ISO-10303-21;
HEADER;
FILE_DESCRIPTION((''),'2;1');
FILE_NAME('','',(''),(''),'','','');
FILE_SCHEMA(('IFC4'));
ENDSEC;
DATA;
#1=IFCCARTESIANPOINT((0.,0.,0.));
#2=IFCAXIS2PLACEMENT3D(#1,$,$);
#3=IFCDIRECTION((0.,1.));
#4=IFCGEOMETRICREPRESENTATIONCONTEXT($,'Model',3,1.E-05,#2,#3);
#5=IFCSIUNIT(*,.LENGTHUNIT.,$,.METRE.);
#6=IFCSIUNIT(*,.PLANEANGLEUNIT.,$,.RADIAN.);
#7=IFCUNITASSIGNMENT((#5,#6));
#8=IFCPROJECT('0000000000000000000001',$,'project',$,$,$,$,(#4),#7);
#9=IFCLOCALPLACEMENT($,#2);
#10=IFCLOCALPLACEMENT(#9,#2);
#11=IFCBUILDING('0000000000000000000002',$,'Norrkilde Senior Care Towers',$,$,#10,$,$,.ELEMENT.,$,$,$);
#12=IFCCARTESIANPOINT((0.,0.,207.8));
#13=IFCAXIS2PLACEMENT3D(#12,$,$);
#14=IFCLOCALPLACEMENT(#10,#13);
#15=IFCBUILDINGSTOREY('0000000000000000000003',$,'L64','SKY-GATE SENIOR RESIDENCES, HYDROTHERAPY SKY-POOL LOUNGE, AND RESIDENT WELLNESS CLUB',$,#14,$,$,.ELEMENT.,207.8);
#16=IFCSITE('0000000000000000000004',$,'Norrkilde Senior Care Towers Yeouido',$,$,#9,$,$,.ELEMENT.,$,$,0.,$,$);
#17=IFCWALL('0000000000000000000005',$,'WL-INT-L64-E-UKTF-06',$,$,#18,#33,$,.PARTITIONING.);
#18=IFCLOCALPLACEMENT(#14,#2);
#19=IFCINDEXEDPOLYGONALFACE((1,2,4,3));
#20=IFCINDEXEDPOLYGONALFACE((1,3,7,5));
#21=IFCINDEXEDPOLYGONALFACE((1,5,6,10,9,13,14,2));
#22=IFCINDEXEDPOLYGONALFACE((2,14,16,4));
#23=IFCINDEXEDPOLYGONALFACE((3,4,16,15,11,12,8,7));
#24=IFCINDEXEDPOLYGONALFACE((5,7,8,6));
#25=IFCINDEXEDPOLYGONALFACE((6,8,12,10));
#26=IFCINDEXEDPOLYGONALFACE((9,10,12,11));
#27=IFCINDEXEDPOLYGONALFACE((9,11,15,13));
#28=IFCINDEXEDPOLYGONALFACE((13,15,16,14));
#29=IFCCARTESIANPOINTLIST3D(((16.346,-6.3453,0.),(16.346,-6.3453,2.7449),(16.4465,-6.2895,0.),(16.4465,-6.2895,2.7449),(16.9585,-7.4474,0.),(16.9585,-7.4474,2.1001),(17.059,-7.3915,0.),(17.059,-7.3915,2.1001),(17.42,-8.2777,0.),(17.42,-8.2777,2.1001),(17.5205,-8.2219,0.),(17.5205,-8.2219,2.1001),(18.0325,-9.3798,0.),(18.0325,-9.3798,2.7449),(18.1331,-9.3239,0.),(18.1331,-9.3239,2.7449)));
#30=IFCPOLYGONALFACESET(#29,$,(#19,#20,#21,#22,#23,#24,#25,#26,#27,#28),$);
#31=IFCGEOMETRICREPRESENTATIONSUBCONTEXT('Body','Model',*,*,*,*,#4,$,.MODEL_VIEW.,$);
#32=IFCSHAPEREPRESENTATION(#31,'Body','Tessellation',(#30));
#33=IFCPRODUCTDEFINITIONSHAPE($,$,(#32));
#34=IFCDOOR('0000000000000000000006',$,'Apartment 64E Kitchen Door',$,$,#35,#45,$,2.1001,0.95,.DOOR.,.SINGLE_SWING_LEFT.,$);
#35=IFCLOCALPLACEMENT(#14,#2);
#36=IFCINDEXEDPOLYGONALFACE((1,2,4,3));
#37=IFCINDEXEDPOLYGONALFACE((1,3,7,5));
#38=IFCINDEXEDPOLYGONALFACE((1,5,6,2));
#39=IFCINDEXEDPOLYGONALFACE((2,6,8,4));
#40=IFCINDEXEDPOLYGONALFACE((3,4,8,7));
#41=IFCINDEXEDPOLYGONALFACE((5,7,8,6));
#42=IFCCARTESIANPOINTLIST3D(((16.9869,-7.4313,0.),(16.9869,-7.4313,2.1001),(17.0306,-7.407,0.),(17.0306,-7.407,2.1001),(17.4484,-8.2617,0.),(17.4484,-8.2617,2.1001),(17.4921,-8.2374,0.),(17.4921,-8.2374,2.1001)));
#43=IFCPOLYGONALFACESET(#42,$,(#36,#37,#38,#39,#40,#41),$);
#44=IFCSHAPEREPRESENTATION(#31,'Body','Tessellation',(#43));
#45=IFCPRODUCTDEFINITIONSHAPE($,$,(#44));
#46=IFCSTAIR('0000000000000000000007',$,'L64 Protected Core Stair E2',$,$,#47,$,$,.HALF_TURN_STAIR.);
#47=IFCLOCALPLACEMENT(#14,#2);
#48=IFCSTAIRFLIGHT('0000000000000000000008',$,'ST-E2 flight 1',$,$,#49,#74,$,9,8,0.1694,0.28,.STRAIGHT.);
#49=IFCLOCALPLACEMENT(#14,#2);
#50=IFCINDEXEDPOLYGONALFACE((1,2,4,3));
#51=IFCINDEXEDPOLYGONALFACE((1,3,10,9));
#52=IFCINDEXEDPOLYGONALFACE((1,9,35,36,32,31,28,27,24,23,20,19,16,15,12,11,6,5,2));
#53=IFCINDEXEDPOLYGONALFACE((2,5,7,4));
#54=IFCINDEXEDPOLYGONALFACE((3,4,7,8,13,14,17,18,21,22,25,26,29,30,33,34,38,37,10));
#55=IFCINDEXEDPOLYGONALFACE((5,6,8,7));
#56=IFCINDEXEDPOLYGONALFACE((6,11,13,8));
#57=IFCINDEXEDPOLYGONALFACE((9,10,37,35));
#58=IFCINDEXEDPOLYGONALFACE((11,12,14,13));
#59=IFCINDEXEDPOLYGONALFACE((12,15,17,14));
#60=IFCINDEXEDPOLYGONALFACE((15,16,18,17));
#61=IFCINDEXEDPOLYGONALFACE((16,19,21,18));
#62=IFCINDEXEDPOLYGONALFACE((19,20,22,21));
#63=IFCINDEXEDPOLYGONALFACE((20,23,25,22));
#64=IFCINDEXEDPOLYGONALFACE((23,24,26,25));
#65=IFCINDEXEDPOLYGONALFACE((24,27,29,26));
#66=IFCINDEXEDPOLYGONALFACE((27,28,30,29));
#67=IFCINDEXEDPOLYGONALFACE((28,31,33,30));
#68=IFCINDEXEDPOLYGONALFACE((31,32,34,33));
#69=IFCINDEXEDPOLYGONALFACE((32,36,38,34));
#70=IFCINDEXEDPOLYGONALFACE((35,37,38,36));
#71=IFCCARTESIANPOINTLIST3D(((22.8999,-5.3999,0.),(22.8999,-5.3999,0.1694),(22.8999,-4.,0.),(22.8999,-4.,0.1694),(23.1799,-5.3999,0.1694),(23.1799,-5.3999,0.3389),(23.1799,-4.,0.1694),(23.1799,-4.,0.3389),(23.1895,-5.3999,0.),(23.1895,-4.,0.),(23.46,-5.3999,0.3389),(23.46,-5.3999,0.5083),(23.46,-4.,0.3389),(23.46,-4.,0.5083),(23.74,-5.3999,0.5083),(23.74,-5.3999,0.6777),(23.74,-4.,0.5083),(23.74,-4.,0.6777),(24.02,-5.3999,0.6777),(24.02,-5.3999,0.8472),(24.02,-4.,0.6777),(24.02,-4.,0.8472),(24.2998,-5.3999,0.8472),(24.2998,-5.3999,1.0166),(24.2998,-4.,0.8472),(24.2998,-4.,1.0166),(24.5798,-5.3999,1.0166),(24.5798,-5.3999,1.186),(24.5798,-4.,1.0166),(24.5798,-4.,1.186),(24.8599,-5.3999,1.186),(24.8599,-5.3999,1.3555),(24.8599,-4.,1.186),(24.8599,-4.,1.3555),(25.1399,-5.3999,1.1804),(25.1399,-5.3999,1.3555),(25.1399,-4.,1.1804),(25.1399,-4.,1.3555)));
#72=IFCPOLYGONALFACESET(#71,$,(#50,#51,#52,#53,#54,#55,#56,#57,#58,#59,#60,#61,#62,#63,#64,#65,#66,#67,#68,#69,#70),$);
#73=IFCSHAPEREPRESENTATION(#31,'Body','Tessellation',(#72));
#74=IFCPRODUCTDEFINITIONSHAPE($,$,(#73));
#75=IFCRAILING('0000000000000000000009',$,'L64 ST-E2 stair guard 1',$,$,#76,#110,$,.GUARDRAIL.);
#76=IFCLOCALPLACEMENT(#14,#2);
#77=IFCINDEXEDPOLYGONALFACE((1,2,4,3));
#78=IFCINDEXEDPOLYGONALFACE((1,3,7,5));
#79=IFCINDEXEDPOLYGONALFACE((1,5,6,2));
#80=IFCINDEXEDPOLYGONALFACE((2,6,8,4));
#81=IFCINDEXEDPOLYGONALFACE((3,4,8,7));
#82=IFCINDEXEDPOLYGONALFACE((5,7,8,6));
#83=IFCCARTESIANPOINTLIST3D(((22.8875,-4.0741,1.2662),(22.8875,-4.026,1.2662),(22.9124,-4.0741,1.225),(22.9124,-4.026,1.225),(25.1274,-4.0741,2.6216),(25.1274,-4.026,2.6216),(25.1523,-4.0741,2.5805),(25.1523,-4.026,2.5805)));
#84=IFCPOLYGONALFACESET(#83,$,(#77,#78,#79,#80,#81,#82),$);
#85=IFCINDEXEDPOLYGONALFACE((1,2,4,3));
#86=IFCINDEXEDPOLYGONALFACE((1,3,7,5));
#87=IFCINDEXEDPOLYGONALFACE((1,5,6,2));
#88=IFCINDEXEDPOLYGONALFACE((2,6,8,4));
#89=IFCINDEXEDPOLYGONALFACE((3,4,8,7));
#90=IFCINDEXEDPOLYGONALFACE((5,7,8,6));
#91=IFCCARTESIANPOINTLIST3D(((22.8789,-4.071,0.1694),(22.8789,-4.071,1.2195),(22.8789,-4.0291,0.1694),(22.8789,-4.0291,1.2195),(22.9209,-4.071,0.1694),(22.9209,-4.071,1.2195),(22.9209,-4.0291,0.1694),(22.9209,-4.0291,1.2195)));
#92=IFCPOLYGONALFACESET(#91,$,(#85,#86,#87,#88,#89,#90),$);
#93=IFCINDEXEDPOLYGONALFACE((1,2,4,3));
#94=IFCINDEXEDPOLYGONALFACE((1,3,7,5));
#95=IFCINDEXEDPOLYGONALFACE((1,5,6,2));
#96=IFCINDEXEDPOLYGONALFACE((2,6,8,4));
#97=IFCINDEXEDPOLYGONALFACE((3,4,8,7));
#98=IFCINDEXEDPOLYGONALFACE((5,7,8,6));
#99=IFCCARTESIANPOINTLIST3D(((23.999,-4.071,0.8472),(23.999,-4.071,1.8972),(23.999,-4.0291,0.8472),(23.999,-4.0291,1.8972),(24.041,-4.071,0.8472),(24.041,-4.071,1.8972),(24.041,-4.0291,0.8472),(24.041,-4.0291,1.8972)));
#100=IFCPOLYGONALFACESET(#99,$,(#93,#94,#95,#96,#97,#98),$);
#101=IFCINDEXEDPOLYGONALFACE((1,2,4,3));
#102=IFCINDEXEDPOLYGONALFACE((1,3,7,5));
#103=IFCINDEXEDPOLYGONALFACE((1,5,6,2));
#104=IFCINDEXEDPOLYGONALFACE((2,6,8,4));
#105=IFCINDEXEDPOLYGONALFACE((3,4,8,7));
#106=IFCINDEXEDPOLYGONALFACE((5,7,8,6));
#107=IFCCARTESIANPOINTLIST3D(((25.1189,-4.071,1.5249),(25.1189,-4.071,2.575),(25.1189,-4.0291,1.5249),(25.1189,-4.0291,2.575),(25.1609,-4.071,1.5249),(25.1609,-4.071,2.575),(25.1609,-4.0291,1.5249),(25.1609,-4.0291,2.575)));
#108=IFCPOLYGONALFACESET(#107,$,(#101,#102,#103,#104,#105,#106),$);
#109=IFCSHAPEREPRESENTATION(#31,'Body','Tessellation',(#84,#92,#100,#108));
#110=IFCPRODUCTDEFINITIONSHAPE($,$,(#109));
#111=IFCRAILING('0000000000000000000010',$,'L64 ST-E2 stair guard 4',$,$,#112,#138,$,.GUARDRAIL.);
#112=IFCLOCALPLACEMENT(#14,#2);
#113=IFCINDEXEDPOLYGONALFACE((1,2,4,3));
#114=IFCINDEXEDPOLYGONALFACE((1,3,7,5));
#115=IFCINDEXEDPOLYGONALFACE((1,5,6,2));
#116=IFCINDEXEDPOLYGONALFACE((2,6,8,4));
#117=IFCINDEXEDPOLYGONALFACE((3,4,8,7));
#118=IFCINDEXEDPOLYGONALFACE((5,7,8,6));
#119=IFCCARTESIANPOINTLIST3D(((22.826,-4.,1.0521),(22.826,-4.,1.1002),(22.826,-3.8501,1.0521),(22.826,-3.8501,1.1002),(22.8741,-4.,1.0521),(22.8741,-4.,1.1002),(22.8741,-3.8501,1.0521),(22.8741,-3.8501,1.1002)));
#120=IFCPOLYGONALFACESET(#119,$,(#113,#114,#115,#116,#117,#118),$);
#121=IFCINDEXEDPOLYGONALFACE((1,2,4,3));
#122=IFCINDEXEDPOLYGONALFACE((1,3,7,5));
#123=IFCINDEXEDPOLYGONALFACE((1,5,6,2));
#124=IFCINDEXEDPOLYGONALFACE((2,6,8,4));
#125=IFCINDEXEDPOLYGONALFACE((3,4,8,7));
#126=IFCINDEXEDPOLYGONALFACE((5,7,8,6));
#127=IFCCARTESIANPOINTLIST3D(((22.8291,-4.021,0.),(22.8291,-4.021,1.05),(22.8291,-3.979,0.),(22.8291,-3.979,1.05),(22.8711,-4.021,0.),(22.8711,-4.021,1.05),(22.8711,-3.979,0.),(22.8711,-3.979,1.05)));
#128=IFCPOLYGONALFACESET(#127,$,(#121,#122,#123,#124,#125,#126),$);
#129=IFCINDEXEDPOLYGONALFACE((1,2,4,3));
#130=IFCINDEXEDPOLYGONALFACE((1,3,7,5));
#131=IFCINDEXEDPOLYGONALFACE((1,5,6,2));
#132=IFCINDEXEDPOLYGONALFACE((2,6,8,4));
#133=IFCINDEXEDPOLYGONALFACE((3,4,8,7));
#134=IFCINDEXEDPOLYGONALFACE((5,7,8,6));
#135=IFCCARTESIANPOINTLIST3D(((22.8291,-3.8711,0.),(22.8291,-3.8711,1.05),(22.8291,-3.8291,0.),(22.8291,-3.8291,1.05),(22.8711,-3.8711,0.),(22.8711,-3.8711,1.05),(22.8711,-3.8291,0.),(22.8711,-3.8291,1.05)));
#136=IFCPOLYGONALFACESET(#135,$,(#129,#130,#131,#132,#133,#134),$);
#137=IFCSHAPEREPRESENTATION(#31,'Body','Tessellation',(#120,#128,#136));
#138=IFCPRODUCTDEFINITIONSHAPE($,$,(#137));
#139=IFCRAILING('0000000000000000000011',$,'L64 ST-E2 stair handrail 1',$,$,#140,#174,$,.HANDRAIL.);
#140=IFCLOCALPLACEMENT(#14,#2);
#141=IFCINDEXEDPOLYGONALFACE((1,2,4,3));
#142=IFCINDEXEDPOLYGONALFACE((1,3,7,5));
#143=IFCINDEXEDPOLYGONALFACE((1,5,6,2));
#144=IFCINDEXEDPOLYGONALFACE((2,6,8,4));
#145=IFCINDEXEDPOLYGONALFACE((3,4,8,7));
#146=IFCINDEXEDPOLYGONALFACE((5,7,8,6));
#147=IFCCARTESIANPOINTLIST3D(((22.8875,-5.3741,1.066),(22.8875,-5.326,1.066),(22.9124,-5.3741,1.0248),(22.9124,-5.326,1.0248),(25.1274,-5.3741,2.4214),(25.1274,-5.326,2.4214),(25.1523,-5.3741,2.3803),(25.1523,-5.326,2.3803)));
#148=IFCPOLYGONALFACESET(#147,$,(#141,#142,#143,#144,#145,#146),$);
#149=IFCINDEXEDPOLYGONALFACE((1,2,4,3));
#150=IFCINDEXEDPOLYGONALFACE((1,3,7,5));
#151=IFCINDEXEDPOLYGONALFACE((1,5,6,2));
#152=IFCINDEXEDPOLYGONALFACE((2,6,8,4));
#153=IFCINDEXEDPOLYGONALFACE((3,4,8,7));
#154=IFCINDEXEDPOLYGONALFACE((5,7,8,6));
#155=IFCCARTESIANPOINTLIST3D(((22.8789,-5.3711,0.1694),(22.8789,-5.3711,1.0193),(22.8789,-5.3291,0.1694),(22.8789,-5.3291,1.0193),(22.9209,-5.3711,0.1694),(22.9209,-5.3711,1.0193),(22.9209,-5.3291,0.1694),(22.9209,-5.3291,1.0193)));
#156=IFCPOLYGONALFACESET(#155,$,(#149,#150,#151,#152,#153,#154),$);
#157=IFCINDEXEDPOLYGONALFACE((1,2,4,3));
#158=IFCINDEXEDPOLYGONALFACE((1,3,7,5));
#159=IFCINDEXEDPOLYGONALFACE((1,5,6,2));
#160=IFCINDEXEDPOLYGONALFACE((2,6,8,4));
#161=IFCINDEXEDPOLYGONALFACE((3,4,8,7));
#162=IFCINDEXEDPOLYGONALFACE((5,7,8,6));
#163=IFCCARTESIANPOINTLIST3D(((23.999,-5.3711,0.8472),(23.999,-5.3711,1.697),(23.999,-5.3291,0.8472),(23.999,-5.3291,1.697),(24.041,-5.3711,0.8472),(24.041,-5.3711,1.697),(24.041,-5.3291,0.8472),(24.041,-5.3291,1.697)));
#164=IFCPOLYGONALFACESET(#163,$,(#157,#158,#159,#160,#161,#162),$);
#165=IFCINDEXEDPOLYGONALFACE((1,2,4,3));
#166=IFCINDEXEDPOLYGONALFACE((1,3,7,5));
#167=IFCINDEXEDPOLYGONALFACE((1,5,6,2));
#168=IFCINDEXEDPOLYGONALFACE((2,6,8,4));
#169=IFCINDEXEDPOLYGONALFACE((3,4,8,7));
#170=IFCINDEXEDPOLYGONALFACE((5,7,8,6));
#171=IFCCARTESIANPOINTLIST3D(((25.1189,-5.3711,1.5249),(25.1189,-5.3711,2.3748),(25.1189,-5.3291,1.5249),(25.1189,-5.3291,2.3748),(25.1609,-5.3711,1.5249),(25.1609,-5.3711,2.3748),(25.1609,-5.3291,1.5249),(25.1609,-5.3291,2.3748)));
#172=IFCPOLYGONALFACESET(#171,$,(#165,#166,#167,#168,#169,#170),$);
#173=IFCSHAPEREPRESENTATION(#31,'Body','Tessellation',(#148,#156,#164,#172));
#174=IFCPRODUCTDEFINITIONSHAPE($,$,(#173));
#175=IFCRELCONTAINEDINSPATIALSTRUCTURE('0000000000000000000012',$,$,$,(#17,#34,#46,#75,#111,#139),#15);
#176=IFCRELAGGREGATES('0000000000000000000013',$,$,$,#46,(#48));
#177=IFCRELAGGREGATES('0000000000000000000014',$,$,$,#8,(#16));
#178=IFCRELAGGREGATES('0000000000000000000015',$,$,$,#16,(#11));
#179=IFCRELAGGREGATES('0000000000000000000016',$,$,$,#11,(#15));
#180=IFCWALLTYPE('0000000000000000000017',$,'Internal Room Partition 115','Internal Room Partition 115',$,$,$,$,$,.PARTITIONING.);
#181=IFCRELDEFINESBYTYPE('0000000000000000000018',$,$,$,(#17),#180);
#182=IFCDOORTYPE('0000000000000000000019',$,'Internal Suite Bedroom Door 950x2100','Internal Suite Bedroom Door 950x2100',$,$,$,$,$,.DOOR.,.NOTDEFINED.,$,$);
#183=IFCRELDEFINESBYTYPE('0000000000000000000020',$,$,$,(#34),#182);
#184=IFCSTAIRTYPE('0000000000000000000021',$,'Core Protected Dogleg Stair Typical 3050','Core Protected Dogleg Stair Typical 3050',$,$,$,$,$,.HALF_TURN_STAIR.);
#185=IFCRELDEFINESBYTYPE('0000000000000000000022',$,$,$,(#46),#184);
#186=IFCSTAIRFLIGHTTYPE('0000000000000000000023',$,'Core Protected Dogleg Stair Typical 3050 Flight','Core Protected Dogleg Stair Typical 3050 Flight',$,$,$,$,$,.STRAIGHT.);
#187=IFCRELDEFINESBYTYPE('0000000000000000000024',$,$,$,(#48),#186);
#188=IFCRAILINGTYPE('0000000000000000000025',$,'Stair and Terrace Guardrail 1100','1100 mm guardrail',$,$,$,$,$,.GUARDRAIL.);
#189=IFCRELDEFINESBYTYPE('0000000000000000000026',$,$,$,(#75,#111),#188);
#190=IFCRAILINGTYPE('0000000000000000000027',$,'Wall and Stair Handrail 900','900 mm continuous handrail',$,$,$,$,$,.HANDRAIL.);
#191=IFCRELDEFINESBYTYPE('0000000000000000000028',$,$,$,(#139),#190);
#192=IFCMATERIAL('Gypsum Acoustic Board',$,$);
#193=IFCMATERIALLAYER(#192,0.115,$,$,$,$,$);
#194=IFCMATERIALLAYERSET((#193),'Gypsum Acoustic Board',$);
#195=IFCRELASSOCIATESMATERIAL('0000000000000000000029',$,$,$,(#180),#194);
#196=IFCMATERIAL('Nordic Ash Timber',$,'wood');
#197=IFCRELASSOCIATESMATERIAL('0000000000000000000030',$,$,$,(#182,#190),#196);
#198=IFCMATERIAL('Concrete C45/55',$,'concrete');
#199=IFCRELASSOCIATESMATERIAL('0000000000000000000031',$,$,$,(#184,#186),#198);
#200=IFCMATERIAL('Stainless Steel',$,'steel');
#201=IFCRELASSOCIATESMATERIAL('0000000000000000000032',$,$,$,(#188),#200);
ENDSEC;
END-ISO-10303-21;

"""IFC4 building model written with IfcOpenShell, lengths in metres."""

from ifc_helpers import new_model, si_unit, direction, frame, frame_2d, origin, origin_2d, place, context, subcontext, project, spatial, polyline, rectangle, outline, extrude, source, transform, mapped, material, layer, layer_set, type_object, type_shapes, element, fill, aggregate, save


model = new_model("IFC4")

# Units and contexts
model_context = context("Model", 3, precision=1e-05, world=origin(), true_north=direction((0.0, 1.0)))
body_context = subcontext(model_context, "Body", "Model", "MODEL_VIEW")
ifc_project = project(units=[si_unit("LENGTHUNIT", "METRE"), si_unit("PLANEANGLEUNIT", "RADIAN")], contexts=[model_context])

# Site, building, storey
site_placement = place(None, origin())
site = spatial("IfcSite", under=ifc_project, at=site_placement, Name="Norrkilde Senior Care Towers Yeouido", CompositionType="ELEMENT", RefElevation=0.0)
building_placement = place(site_placement, origin())
building = spatial("IfcBuilding", under=site, at=building_placement, Name="Norrkilde Senior Care Towers", CompositionType="ELEMENT")
storey_placement = place(building_placement, frame((0.0, 0.0, 207.8)))
storey = spatial("IfcBuildingStorey", under=building, at=storey_placement, Name="L64", Description="SKY-GATE SENIOR RESIDENCES, HYDROTHERAPY SKY-POOL LOUNGE, AND RESIDENT WELLNESS CLUB", CompositionType="ELEMENT", Elevation=207.8)

# Shared definitions
ifc_material_1 = material(Name="Concrete C45/55", Category="concrete")
ifc_material_2 = material(Name="Gypsum Acoustic Board")

# Shared definitions
ifc_layer_1 = layer(ifc_material_2, 0.115)
ifc_layer_set_1 = layer_set([ifc_layer_1], Name="Gypsum Acoustic Board")
wall_type_1 = type_object("IfcWallType", Name="Internal Room Partition 115", Description="Internal Room Partition 115", PredefinedType="PARTITIONING", material=ifc_layer_set_1)
ifc_material_3 = material(Name="Nordic Ash Timber", Category="wood")
door_type_1 = type_object("IfcDoorType", Name="Internal Suite Bedroom Door 950x2100", Description="Internal Suite Bedroom Door 950x2100", OperationType="NOTDEFINED", PredefinedType="DOOR", material=ifc_material_3)
shared_shape_1 = source(origin(), body_context, "Body", "SweptSolid", [
    extrude(rectangle(XDim=0.95, YDim=2.1001, at=frame_2d((0.4751, 1.05))), frame((0.0, 0.0249, 0.0), z_axis=(0.0, -1.0, 0.0), x_axis=(1.0, 0.0, 0.0)), (0.0, 0.0, 1.0), 0.05),
])
type_shapes(door_type_1, [shared_shape_1])

# Wall, opening, door
shared_shape_2 = source(origin(), body_context, "Body", "SweptSolid", [
    extrude(rectangle(XDim=3.4717, YDim=0.115, at=frame_2d((1.7358, 0.0))), origin(), (0.0, 0.0, 1.0), 2.7449),
])
wall_1_placement = place(storey_placement, frame((16.3962, -6.3174, 0.0), z_axis=(0.0, 0.0, 1.0), x_axis=(0.485804, -0.874068, 0.0)))
wall_1 = element("IfcWall", 1, at=wall_1_placement, inside=storey, type_object=wall_type_1, Name="WL-INT-L64-E-UKTF-06", PredefinedType="PARTITIONING", context=body_context, shape_type="MappedRepresentation", body=[
    mapped(shared_shape_2, transform((0.0, 0.0, 0.0), x_axis=(1.0, 0.0, 0.0), y_axis=(0.0, 1.0, 0.0), z_axis=(0.0, 0.0, 1.0), scale=1.0)),
])
opening_1_placement = place(wall_1_placement, frame((1.2607, 0.0, 0.0)))
opening_1 = element("IfcOpeningElement", 2, at=opening_1_placement, cuts=wall_1, PredefinedType="OPENING", context=body_context, shape_type="SweptSolid", body=[
    extrude(rectangle(XDim=0.95, YDim=2.1001, at=frame_2d((0.4751, 1.05))), frame((0.0, 0.0674, 0.0), z_axis=(0.0, -1.0, 0.0), x_axis=(1.0, 0.0, 0.0)), (0.0, 0.0, 1.0), 0.135),
])
door_1_placement = place(opening_1_placement, frame((0.95, 0.0, 0.0), z_axis=(0.0, 0.0, 1.0), x_axis=(-1.0, 0.0, 0.0)))
door_1 = element("IfcDoor", 3, at=door_1_placement, inside=storey, type_object=door_type_1, Name="Apartment 64E Kitchen Door", OperationType="SINGLE_SWING_LEFT", OverallHeight=2.1001, OverallWidth=0.95, PredefinedType="DOOR", context=body_context, shape_type="MappedRepresentation", body=[
    mapped(shared_shape_1, transform((0.0, 0.0, 0.0), x_axis=(1.0, 0.0, 0.0), y_axis=(0.0, 1.0, 0.0), z_axis=(0.0, 0.0, 1.0), scale=1.0)),
])
fill(opening_1, door_1)

# Stair, stair flight
stair_type = type_object("IfcStairType", Name="Core Protected Dogleg Stair Typical 3050", Description="Core Protected Dogleg Stair Typical 3050", PredefinedType="HALF_TURN_STAIR", material=ifc_material_1)
stair_placement = place(storey_placement, origin())
stair = element("IfcStair", 4, at=stair_placement, inside=storey, type_object=stair_type, Name="L64 Protected Core Stair E2", PredefinedType="HALF_TURN_STAIR")
stair_flight_type = type_object("IfcStairFlightType", Name="Core Protected Dogleg Stair Typical 3050 Flight", Description="Core Protected Dogleg Stair Typical 3050 Flight", PredefinedType="STRAIGHT", material=ifc_material_1)
stair_flight_placement = place(storey_placement, frame((22.8999, -4.7, 0.0), z_axis=(0.0, 0.0, 1.0), x_axis=(1.0, 0.0, 0.0)))
stair_flight = element("IfcStairFlight", 5, at=stair_flight_placement, type_object=stair_flight_type, Name="ST-E2 flight 1", NumberOfRisers=9, NumberOfTreads=8, PredefinedType="STRAIGHT", RiserHeight=0.1694, TreadLength=0.28, context=body_context, shape_type="SweptSolid", body=[
    extrude(outline(polyline([(0.0, 0.0), (0.0, 0.1694), (0.28, 0.1694), (0.28, 0.3389), (0.5601, 0.3389), (0.5601, 0.5083), (0.8401, 0.5083), (0.8401, 0.6777), (1.1201, 0.6777), (1.1201, 0.8472), (1.3999, 0.8472), (1.3999, 1.0166), (1.6799, 1.0166), (1.6799, 1.186), (1.96, 1.186), (1.96, 1.3555), (2.24, 1.3555), (2.24, 1.5249), (2.24, 1.1804), (0.2896, 0.0), (0.0, 0.0)])), frame((0.0, 0.7, 0.0), z_axis=(0.0, -1.0, 0.0), x_axis=(1.0, 0.0, 0.0)), (0.0, 0.0, 1.0), 1.3999),
])
aggregate(stair, [stair_flight])

# Railings
ifc_material_4 = material(Name="Stainless Steel", Category="steel")
railing_type_1 = type_object("IfcRailingType", Name="Stair and Terrace Guardrail 1100", Description="1100 mm guardrail", PredefinedType="GUARDRAIL", material=ifc_material_4)
railing_1_placement = place(storey_placement, frame((22.8999, -4.05, 0.1694)))
element("IfcRailing", 6, at=railing_1_placement, inside=storey, type_object=railing_type_1, Name="L64 ST-E2 stair guard 1", PredefinedType="GUARDRAIL", context=body_context, shape_type="SweptSolid", body=[
    extrude(rectangle(XDim=0.0481, YDim=0.0481, at=origin_2d()), frame((0.0, 0.0, 1.0762), z_axis=(0.855553, 0.0, 0.517715), x_axis=(0.0, 1.0, 0.0)), (0.0, 0.0, 1.0), 2.6182),
    extrude(rectangle(XDim=0.042, YDim=0.042, at=origin_2d()), origin(), (0.0, 0.0, 1.0), 1.05),
    extrude(rectangle(XDim=0.042, YDim=0.042, at=origin_2d()), frame((1.1201, 0.0, 0.6777)), (0.0, 0.0, 1.0), 1.05),
    extrude(rectangle(XDim=0.042, YDim=0.042, at=origin_2d()), frame((2.24, 0.0, 1.3555)), (0.0, 0.0, 1.0), 1.05),
])
railing_2_placement = place(storey_placement, frame((22.8501, -4.0, 0.0)))
element("IfcRailing", 7, at=railing_2_placement, inside=storey, type_object=railing_type_1, Name="L64 ST-E2 stair guard 4", PredefinedType="GUARDRAIL", context=body_context, shape_type="SweptSolid", body=[
    extrude(rectangle(XDim=0.0481, YDim=0.0481, at=origin_2d()), frame((0.0, 0.0, 1.0762), z_axis=(0.0, 1.0, 0.0), x_axis=(-1.0, 0.0, 0.0)), (0.0, 0.0, 1.0), 0.1499),
    extrude(rectangle(XDim=0.042, YDim=0.042, at=origin_2d()), origin(), (0.0, 0.0, 1.0), 1.05),
    extrude(rectangle(XDim=0.042, YDim=0.042, at=origin_2d()), frame((0.0, 0.1499, 0.0)), (0.0, 0.0, 1.0), 1.05),
])
railing_type_2 = type_object("IfcRailingType", Name="Wall and Stair Handrail 900", Description="900 mm continuous handrail", PredefinedType="HANDRAIL", material=ifc_material_3)
railing_3_placement = place(storey_placement, frame((22.8999, -5.3501, 0.1694)))
element("IfcRailing", 8, at=railing_3_placement, inside=storey, type_object=railing_type_2, Name="L64 ST-E2 stair handrail 1", PredefinedType="HANDRAIL", context=body_context, shape_type="SweptSolid", body=[
    extrude(rectangle(XDim=0.0481, YDim=0.0481, at=origin_2d()), frame((0.0, 0.0, 0.876), z_axis=(0.855553, 0.0, 0.517715), x_axis=(0.0, 1.0, 0.0)), (0.0, 0.0, 1.0), 2.6182),
    extrude(rectangle(XDim=0.042, YDim=0.042, at=origin_2d()), origin(), (0.0, 0.0, 1.0), 0.8499),
    extrude(rectangle(XDim=0.042, YDim=0.042, at=origin_2d()), frame((1.1201, 0.0, 0.6777)), (0.0, 0.0, 1.0), 0.8499),
    extrude(rectangle(XDim=0.042, YDim=0.042, at=origin_2d()), frame((2.24, 0.0, 1.3555)), (0.0, 0.0, 1.0), 0.8499),
])

save(model, "model.ifc")
